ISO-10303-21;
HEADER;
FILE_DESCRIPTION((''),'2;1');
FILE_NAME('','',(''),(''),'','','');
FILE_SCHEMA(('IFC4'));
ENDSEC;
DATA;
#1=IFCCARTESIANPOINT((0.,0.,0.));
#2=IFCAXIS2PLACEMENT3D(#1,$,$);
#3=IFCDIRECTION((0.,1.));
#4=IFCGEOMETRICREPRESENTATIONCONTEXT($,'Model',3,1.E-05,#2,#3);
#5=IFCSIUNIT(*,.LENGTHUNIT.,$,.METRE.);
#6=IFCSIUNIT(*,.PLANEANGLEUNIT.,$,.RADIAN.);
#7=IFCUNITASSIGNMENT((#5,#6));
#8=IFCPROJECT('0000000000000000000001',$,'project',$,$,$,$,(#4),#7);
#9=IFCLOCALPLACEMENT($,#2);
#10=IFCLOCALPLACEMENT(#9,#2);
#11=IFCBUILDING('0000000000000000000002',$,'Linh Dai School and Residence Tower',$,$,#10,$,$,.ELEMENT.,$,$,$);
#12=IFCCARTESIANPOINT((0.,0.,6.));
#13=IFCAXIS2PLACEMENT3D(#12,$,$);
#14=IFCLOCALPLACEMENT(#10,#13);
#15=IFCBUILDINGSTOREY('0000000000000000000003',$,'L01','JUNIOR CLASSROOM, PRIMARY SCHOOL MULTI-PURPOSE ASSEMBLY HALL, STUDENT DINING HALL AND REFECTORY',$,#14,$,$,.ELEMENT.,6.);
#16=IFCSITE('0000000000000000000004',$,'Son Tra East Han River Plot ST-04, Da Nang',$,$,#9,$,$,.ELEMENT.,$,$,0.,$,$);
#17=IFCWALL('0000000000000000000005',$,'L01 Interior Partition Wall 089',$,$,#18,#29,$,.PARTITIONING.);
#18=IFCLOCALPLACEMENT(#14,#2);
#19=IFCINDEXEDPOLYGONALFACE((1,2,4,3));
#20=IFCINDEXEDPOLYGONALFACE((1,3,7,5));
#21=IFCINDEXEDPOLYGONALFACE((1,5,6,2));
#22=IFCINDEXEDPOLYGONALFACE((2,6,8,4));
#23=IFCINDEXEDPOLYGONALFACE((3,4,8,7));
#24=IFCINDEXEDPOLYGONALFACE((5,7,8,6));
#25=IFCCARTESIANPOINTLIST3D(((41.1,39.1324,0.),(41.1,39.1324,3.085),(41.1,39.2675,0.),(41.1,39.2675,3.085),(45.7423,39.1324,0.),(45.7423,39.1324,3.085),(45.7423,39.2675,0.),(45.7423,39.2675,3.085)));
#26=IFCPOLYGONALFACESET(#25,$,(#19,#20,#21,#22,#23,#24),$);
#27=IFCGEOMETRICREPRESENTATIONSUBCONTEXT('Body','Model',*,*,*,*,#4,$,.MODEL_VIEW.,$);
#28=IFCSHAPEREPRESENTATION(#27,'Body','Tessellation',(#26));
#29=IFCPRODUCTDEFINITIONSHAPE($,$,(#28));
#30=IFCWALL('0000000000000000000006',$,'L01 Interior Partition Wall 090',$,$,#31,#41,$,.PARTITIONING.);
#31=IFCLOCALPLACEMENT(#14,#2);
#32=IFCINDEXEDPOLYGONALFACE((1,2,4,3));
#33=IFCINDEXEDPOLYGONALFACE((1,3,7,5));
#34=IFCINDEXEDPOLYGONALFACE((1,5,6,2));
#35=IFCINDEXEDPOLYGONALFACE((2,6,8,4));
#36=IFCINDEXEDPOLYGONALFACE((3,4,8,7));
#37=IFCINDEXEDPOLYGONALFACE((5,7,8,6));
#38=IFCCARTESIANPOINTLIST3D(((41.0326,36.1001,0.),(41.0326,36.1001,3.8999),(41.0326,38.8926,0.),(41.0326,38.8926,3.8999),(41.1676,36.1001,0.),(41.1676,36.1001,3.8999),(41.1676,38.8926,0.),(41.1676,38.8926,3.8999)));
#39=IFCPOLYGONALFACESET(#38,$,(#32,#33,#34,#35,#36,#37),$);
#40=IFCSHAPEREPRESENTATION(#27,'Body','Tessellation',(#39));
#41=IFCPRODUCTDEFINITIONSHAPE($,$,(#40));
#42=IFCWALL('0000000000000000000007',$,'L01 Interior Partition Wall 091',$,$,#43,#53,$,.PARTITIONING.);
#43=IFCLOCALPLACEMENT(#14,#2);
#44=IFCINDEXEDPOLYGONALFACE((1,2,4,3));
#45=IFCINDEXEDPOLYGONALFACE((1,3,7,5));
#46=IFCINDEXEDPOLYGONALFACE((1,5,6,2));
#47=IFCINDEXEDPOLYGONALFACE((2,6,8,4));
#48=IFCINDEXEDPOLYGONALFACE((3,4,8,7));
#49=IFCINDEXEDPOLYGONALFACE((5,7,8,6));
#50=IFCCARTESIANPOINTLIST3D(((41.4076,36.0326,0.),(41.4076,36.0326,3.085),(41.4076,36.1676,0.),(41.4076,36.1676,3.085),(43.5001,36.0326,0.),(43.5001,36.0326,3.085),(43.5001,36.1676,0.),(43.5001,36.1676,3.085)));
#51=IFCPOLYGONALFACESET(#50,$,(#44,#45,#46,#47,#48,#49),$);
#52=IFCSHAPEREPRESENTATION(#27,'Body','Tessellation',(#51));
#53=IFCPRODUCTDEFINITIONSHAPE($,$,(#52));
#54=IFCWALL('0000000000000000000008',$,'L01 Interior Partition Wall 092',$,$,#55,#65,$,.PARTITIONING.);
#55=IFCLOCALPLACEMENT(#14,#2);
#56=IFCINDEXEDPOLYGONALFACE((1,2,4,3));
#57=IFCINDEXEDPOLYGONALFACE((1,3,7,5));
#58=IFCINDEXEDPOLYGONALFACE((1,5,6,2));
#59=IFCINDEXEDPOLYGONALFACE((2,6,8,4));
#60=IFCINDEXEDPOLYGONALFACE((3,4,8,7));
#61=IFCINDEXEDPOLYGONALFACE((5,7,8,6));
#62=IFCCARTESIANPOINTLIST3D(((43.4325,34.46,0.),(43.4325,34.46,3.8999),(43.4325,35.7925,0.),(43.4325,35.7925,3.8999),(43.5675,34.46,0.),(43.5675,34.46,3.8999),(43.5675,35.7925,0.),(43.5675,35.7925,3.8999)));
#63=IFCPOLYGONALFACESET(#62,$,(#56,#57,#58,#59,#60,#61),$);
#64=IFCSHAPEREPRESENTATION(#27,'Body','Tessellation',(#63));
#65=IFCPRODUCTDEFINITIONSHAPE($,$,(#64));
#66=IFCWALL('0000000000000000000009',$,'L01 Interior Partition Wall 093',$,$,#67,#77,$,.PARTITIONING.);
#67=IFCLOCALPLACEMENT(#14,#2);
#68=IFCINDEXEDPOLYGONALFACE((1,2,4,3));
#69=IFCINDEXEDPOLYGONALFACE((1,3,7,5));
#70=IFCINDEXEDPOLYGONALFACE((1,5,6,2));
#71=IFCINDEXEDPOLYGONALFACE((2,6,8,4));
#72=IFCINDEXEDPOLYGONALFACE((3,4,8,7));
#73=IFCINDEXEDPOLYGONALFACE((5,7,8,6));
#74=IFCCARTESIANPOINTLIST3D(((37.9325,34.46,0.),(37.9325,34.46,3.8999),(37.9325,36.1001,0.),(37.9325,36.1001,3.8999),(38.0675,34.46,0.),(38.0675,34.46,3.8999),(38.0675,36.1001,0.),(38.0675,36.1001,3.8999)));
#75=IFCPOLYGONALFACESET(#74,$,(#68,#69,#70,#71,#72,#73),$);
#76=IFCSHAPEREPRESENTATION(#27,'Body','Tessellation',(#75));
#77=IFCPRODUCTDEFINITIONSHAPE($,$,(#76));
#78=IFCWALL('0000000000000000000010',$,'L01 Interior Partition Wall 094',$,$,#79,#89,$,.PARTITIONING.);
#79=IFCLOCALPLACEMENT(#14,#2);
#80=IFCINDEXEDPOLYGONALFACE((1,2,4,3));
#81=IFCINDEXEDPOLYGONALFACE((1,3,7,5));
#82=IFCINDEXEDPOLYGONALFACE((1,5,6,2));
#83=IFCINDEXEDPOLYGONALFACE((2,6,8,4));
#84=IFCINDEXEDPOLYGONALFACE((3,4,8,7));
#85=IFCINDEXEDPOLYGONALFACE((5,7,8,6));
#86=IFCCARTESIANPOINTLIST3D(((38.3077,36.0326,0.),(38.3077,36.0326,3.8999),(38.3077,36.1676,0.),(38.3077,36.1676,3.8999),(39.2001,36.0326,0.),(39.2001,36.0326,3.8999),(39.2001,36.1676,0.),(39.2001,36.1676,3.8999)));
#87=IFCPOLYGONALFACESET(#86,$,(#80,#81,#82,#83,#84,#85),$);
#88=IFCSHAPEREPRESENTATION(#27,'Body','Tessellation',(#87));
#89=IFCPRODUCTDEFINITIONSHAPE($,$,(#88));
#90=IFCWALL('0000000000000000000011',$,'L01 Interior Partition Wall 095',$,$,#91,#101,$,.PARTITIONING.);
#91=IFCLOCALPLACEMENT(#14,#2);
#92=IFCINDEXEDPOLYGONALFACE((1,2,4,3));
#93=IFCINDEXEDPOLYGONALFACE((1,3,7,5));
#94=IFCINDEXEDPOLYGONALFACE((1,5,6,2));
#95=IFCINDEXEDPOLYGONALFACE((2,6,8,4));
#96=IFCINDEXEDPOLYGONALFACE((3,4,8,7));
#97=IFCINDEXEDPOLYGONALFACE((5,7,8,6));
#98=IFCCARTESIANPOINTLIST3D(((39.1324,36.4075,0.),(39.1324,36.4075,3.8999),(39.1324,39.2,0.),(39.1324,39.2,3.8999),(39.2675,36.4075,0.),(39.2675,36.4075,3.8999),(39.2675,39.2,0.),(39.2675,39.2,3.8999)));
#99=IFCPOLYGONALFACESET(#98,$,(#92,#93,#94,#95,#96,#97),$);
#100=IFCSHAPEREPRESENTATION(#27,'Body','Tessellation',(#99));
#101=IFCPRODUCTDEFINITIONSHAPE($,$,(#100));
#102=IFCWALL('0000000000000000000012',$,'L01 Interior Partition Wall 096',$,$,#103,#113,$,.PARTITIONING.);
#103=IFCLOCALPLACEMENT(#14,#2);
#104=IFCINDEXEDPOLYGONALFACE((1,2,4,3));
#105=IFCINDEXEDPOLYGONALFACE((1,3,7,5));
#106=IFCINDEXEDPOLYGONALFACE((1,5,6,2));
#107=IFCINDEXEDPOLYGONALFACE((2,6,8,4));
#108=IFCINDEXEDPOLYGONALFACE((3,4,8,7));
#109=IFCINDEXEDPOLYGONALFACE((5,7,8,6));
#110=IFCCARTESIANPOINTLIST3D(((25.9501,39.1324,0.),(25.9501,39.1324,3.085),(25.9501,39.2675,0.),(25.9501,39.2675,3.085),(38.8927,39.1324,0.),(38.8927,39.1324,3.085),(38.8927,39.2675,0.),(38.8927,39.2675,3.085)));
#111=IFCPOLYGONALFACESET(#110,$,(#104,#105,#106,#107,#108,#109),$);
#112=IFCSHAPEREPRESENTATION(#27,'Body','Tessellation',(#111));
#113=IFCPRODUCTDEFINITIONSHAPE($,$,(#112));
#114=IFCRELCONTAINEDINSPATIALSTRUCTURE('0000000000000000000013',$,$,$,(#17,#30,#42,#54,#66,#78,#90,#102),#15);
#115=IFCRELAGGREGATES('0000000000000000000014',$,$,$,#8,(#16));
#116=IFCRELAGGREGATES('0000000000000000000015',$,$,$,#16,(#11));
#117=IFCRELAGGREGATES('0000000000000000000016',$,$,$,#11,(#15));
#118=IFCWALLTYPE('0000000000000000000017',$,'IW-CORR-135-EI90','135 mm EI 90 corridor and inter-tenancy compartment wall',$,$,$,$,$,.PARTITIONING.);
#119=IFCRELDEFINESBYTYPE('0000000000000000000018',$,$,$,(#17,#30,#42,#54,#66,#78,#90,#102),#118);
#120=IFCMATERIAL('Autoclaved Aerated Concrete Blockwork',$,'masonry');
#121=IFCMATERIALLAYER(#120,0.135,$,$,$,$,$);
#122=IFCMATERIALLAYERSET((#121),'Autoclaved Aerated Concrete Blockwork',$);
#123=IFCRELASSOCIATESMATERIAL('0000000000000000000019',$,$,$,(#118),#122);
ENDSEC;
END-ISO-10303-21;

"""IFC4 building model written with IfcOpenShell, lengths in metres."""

from ifc_helpers import new_model, si_unit, direction, frame, frame_2d, origin, place, context, subcontext, project, spatial, rectangle, extrude, material, layer, layer_set, type_object, element, save


model = new_model("IFC4")

# Units and contexts
model_context = context("Model", 3, precision=1e-05, world=origin(), true_north=direction((0.0, 1.0)))
body_context = subcontext(model_context, "Body", "Model", "MODEL_VIEW")
ifc_project = project(units=[si_unit("LENGTHUNIT", "METRE"), si_unit("PLANEANGLEUNIT", "RADIAN")], contexts=[model_context])

# Site, building, storey
site_placement = place(None, origin())
site = spatial("IfcSite", under=ifc_project, at=site_placement, Name="Son Tra East Han River Plot ST-04, Da Nang", CompositionType="ELEMENT", RefElevation=0.0)
building_placement = place(site_placement, origin())
building = spatial("IfcBuilding", under=site, at=building_placement, Name="Linh Dai School and Residence Tower", CompositionType="ELEMENT")
storey_placement = place(building_placement, frame((0.0, 0.0, 6.0)))
storey = spatial("IfcBuildingStorey", under=building, at=storey_placement, Name="L01", Description="JUNIOR CLASSROOM, PRIMARY SCHOOL MULTI-PURPOSE ASSEMBLY HALL, STUDENT DINING HALL AND REFECTORY", CompositionType="ELEMENT", Elevation=6.0)

# Walls
ifc_material_1 = material(Name="Autoclaved Aerated Concrete Blockwork", Category="masonry")
ifc_layer_1 = layer(ifc_material_1, 0.135)
ifc_layer_set_1 = layer_set([ifc_layer_1], Name="Autoclaved Aerated Concrete Blockwork")
wall_type_1 = type_object("IfcWallType", Name="IW-CORR-135-EI90", Description="135 mm EI 90 corridor and inter-tenancy compartment wall", PredefinedType="PARTITIONING", material=ifc_layer_set_1)
wall_1_placement = place(storey_placement, frame((45.7424, 39.2, 0.0), z_axis=(0.0, 0.0, 1.0), x_axis=(-1.0, 0.0, 0.0)))
element("IfcWall", 1, at=wall_1_placement, inside=storey, type_object=wall_type_1, Name="L01 Interior Partition Wall 089", PredefinedType="PARTITIONING", context=body_context, shape_type="SweptSolid", body=[
    extrude(rectangle(XDim=4.6423, YDim=0.135, at=frame_2d((2.3213, 0.0))), origin(), (0.0, 0.0, 1.0), 3.085),
])
wall_2_placement = place(storey_placement, frame((41.1001, 38.8926, 0.0), z_axis=(0.0, 0.0, 1.0), x_axis=(0.0, -1.0, 0.0)))
element("IfcWall", 2, at=wall_2_placement, inside=storey, type_object=wall_type_1, Name="L01 Interior Partition Wall 090", PredefinedType="PARTITIONING", context=body_context, shape_type="SweptSolid", body=[
    extrude(rectangle(XDim=2.7925, YDim=0.135, at=frame_2d((1.3962, 0.0))), origin(), (0.0, 0.0, 1.0), 3.8999),
])
wall_3_placement = place(storey_placement, frame((41.4075, 36.1001, 0.0), z_axis=(0.0, 0.0, 1.0), x_axis=(1.0, 0.0, 0.0)))
element("IfcWall", 3, at=wall_3_placement, inside=storey, type_object=wall_type_1, Name="L01 Interior Partition Wall 091", PredefinedType="PARTITIONING", context=body_context, shape_type="SweptSolid", body=[
    extrude(rectangle(XDim=2.0925, YDim=0.135, at=frame_2d((1.0464, 0.0))), origin(), (0.0, 0.0, 1.0), 3.085),
])
wall_4_placement = place(storey_placement, frame((43.5, 35.7925, 0.0), z_axis=(0.0, 0.0, 1.0), x_axis=(0.0, -1.0, 0.0)))
element("IfcWall", 4, at=wall_4_placement, inside=storey, type_object=wall_type_1, Name="L01 Interior Partition Wall 092", PredefinedType="PARTITIONING", context=body_context, shape_type="SweptSolid", body=[
    extrude(rectangle(XDim=1.3325, YDim=0.135, at=frame_2d((0.6663, 0.0))), origin(), (0.0, 0.0, 1.0), 3.8999),
])
wall_5_placement = place(storey_placement, frame((38.0, 34.46, 0.0), z_axis=(0.0, 0.0, 1.0), x_axis=(0.0, 1.0, 0.0)))
element("IfcWall", 5, at=wall_5_placement, inside=storey, type_object=wall_type_1, Name="L01 Interior Partition Wall 093", PredefinedType="PARTITIONING", context=body_context, shape_type="SweptSolid", body=[
    extrude(rectangle(XDim=1.6401, YDim=0.135, at=frame_2d((0.8201, 0.0))), origin(), (0.0, 0.0, 1.0), 3.8999),
])
wall_6_placement = place(storey_placement, frame((38.3076, 36.1001, 0.0), z_axis=(0.0, 0.0, 1.0), x_axis=(1.0, 0.0, 0.0)))
element("IfcWall", 6, at=wall_6_placement, inside=storey, type_object=wall_type_1, Name="L01 Interior Partition Wall 094", PredefinedType="PARTITIONING", context=body_context, shape_type="SweptSolid", body=[
    extrude(rectangle(XDim=0.8923, YDim=0.135, at=frame_2d((0.4463, 0.0))), origin(), (0.0, 0.0, 1.0), 3.8999),
])
wall_7_placement = place(storey_placement, frame((39.2, 36.4075, 0.0), z_axis=(0.0, 0.0, 1.0), x_axis=(0.0, 1.0, 0.0)))
element("IfcWall", 7, at=wall_7_placement, inside=storey, type_object=wall_type_1, Name="L01 Interior Partition Wall 095", PredefinedType="PARTITIONING", context=body_context, shape_type="SweptSolid", body=[
    extrude(rectangle(XDim=2.7925, YDim=0.135, at=frame_2d((1.3962, 0.0))), origin(), (0.0, 0.0, 1.0), 3.8999),
])
wall_8_placement = place(storey_placement, frame((38.8926, 39.2, 0.0), z_axis=(0.0, 0.0, 1.0), x_axis=(-1.0, 0.0, 0.0)))
element("IfcWall", 8, at=wall_8_placement, inside=storey, type_object=wall_type_1, Name="L01 Interior Partition Wall 096", PredefinedType="PARTITIONING", context=body_context, shape_type="SweptSolid", body=[
    extrude(rectangle(XDim=12.9426, YDim=0.135, at=frame_2d((6.4712, 0.0))), origin(), (0.0, 0.0, 1.0), 3.085),
])

save(model, "model.ifc")
